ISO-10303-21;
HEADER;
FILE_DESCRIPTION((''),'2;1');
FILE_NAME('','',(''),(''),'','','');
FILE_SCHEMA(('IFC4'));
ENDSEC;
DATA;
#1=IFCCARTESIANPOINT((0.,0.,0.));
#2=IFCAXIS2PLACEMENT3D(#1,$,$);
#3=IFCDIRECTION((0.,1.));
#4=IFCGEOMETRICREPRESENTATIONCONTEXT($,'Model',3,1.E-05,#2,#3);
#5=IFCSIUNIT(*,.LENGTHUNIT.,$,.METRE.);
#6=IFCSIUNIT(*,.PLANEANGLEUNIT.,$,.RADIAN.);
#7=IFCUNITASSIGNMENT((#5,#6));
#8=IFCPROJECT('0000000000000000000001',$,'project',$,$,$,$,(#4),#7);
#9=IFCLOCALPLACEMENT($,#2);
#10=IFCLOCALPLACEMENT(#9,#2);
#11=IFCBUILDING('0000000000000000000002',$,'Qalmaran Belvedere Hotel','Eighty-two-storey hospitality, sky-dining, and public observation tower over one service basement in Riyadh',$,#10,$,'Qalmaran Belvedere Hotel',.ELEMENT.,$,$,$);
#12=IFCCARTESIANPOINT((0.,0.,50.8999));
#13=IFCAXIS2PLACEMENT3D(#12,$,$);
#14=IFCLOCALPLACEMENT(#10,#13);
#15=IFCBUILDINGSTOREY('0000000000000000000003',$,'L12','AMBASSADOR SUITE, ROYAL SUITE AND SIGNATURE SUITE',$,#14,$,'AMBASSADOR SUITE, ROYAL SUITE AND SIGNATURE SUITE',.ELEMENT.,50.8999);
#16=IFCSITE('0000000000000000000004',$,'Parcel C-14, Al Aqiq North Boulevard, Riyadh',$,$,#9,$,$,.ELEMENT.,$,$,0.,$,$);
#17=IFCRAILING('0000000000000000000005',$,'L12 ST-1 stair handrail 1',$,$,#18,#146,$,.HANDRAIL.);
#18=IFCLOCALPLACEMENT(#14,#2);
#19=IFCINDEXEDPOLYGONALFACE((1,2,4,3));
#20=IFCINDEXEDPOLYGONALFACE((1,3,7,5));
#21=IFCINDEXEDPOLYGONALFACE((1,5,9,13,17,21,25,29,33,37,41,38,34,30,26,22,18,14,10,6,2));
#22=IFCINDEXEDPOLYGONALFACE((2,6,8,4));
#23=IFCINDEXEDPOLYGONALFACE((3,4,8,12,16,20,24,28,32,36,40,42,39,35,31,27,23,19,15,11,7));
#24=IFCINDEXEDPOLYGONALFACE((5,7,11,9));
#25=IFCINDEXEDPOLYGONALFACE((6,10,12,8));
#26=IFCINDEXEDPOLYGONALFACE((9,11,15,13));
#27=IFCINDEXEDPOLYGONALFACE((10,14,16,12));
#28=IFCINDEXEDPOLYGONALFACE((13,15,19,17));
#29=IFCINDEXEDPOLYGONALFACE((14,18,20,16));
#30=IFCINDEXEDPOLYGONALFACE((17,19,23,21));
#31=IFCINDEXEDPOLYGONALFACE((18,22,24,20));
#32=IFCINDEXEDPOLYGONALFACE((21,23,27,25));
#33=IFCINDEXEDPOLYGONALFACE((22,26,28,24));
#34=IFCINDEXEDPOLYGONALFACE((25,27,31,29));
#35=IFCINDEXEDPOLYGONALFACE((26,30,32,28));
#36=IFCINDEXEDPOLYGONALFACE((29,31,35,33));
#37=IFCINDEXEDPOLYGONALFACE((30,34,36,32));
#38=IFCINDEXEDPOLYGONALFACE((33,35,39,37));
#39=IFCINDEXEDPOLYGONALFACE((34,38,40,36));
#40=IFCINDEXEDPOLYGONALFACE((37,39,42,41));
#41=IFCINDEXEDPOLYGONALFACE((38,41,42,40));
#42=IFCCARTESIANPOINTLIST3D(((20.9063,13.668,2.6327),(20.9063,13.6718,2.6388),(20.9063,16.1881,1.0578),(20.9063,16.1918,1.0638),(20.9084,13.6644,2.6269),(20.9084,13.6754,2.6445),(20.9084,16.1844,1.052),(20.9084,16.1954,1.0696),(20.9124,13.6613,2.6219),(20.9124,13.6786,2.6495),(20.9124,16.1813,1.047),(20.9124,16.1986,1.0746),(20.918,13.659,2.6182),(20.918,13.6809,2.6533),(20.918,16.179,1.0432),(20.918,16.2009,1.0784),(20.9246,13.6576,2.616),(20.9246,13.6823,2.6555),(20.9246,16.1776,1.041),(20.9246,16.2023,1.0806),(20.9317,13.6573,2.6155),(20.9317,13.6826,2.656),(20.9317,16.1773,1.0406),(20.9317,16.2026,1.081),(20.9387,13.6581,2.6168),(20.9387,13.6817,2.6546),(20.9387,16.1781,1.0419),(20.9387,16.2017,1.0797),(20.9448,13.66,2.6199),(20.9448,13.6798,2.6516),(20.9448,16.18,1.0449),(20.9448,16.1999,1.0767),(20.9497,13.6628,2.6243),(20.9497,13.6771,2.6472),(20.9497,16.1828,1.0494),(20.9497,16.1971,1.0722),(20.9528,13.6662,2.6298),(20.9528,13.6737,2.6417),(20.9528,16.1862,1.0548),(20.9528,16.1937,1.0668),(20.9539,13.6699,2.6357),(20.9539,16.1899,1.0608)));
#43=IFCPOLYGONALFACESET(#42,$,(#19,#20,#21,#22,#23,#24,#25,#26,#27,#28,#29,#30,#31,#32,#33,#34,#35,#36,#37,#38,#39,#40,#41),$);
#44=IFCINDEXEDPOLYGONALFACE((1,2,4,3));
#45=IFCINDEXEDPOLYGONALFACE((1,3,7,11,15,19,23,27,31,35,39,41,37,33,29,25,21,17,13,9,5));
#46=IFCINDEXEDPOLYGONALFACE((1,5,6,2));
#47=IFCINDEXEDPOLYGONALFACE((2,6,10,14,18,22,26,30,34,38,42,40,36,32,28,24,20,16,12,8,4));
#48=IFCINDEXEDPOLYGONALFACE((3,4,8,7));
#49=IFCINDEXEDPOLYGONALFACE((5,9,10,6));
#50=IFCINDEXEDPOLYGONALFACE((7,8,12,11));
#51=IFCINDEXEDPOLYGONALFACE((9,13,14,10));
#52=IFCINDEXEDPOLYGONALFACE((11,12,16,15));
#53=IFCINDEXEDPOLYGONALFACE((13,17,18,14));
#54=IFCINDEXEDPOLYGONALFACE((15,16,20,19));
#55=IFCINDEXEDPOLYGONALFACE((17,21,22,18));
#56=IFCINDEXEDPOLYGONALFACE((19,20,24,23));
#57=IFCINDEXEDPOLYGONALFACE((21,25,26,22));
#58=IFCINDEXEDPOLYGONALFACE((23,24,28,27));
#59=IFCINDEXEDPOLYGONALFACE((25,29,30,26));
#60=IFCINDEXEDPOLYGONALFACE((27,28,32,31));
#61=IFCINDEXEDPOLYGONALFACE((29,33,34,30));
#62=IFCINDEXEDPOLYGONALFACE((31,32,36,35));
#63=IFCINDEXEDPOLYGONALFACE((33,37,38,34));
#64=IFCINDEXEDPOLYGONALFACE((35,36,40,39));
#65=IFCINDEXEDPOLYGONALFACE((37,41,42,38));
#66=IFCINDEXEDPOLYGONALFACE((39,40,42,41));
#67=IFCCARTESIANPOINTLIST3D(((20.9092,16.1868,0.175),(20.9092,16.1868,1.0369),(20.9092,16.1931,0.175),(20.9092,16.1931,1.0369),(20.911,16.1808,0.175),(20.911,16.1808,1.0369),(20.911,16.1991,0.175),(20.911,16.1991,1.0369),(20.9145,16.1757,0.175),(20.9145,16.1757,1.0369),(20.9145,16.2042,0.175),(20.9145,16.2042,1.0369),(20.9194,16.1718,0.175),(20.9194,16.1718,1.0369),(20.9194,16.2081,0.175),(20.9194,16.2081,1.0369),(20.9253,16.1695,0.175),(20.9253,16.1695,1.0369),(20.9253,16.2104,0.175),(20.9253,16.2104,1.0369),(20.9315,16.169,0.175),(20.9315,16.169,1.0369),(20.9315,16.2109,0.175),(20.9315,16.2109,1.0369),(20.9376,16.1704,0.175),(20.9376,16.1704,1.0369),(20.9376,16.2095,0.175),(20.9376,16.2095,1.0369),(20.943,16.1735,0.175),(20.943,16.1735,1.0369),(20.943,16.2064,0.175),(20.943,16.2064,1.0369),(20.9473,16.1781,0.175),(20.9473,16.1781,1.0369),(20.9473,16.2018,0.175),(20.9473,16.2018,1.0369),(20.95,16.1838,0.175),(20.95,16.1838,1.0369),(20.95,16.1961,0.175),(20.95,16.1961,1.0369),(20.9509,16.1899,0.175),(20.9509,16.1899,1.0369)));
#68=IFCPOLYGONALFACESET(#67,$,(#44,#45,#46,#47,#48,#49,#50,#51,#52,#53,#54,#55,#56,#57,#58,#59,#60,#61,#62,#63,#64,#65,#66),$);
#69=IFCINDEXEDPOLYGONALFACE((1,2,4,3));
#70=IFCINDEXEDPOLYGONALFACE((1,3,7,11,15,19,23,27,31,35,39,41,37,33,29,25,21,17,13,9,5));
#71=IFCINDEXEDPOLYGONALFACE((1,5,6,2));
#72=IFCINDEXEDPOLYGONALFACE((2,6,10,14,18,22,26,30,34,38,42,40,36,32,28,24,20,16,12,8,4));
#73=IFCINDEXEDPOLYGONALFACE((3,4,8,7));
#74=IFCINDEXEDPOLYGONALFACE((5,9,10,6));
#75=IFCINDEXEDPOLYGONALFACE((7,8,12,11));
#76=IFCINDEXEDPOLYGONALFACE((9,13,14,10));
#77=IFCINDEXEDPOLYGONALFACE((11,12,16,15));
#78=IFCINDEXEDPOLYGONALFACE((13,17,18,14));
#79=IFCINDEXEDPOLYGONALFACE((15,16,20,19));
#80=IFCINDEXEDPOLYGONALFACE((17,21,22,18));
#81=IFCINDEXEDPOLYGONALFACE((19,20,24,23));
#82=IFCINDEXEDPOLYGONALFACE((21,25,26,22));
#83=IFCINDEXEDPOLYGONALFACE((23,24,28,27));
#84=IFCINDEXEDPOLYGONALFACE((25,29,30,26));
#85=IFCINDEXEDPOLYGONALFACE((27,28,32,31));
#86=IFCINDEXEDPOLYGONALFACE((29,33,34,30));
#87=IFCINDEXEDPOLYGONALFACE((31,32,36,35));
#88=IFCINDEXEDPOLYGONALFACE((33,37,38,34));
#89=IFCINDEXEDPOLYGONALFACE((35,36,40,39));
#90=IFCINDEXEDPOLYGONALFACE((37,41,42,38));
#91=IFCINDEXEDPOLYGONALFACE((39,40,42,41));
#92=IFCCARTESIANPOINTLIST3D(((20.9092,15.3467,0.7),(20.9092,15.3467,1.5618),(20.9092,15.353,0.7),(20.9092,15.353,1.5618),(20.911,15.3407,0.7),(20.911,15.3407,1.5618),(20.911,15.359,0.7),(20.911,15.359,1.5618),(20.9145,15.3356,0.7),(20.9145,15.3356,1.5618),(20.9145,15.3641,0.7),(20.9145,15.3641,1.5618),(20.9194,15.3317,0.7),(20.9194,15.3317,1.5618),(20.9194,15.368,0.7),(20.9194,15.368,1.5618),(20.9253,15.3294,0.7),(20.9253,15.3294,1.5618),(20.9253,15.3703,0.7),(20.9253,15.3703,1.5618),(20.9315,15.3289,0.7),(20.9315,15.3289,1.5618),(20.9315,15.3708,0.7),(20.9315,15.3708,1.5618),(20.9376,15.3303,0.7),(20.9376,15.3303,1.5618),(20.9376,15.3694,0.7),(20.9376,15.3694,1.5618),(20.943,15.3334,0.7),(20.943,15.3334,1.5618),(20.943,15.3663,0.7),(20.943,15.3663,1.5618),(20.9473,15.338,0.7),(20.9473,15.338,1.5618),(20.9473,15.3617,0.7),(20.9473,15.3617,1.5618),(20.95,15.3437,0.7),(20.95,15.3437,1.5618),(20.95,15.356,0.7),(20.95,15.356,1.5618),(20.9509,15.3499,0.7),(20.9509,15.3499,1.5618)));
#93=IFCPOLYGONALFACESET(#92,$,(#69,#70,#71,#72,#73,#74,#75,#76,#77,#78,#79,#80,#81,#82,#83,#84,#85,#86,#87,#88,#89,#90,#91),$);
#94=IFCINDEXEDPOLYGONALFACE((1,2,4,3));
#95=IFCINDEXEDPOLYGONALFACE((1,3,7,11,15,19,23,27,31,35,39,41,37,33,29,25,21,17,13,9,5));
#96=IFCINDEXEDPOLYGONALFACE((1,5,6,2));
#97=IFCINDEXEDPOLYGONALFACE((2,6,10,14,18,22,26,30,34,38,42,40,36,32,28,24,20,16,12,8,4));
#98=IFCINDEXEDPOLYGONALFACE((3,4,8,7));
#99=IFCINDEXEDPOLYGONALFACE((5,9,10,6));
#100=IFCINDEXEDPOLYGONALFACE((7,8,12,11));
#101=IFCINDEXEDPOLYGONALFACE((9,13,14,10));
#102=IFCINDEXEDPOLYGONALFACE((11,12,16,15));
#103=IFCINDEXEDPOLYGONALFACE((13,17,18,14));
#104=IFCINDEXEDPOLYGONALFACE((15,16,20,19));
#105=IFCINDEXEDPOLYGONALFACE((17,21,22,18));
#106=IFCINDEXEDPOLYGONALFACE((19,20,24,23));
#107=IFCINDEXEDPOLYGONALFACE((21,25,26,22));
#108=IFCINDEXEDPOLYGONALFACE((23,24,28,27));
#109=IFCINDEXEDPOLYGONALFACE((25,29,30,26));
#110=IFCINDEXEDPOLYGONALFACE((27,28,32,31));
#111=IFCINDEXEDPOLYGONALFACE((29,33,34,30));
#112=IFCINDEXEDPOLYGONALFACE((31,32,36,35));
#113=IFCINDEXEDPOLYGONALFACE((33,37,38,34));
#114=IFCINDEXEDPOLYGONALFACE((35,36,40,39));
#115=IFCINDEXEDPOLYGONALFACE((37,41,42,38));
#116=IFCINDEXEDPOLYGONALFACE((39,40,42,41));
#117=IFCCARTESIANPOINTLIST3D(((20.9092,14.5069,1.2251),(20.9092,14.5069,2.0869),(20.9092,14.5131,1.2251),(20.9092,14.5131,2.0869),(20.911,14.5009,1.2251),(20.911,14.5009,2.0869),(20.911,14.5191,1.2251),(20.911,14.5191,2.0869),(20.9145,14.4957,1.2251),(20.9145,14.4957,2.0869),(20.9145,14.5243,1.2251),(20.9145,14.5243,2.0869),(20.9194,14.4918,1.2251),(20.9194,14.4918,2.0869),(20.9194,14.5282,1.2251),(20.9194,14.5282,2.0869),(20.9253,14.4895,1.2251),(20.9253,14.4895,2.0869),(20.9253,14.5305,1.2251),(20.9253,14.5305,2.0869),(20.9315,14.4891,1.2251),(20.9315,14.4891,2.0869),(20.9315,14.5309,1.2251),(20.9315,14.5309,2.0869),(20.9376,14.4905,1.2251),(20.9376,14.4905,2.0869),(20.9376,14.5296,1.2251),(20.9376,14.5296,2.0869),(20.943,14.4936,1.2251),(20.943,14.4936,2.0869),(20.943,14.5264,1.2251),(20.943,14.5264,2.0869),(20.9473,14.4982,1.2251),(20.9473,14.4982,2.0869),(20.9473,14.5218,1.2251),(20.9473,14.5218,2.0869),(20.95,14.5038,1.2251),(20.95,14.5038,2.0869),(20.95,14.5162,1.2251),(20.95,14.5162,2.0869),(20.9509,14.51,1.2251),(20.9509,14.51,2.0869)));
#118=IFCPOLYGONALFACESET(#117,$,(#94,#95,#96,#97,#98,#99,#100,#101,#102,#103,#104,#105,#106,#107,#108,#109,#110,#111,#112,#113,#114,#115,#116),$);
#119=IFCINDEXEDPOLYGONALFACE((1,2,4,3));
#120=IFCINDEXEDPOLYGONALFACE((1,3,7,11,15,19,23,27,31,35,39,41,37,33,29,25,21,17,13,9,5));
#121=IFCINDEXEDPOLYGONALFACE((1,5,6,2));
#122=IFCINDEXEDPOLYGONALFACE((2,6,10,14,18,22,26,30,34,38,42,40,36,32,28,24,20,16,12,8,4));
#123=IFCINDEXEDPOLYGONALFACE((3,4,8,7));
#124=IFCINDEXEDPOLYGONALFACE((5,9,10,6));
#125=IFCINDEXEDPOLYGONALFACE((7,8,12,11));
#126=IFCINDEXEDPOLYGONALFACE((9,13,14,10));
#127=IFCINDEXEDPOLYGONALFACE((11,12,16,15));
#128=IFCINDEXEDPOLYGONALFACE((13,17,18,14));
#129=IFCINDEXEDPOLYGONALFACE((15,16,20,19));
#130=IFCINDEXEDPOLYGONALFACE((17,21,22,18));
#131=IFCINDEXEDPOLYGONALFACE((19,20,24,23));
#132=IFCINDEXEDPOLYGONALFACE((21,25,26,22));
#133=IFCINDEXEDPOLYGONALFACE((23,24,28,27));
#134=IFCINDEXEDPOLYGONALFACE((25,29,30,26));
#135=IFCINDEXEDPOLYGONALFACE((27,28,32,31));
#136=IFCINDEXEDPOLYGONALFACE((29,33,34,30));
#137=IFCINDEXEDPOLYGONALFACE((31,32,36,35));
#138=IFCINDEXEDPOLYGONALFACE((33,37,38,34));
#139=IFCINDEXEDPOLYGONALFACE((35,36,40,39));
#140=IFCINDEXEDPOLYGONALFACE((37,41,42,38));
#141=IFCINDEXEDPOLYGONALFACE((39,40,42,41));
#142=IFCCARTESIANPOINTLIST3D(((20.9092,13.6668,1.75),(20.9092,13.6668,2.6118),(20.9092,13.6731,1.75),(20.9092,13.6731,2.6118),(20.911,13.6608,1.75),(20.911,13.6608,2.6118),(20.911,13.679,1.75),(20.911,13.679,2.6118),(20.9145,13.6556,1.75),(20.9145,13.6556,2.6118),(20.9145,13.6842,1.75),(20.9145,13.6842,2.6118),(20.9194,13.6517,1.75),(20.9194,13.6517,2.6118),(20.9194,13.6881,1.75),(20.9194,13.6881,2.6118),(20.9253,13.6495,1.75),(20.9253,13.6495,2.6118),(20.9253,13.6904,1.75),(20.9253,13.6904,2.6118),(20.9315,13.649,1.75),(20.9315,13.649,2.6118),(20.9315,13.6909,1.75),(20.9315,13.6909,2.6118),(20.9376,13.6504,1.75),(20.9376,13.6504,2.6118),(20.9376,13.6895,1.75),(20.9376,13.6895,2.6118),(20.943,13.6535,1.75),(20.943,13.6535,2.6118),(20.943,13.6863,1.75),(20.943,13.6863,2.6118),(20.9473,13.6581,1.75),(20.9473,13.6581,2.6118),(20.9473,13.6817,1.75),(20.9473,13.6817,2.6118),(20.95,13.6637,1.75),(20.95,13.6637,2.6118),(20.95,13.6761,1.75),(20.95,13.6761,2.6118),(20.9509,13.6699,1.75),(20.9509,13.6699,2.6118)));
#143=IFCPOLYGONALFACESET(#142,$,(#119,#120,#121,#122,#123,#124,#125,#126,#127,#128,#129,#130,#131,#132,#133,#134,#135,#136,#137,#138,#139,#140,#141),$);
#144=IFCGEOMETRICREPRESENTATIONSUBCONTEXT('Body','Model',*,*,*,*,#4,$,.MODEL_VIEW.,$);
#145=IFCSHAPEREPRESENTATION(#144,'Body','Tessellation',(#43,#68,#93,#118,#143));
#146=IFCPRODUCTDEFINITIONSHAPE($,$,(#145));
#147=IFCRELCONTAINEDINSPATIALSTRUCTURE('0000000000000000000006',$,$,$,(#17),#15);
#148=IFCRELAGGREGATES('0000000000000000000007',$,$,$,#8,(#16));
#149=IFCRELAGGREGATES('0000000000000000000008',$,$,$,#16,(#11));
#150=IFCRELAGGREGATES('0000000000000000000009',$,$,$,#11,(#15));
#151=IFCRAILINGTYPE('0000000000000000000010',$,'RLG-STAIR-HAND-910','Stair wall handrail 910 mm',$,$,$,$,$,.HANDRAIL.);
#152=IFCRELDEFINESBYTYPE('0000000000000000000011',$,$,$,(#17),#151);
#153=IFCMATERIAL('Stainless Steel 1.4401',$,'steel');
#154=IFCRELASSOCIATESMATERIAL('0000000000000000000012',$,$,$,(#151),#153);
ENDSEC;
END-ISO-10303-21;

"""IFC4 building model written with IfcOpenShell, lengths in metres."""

from ifc_helpers import new_model, si_unit, direction, frame, origin, origin_2d, place, context, subcontext, project, spatial, circle, extrude, material, type_object, element, save


model = new_model("IFC4")

# Units and contexts
model_context = context("Model", 3, precision=1e-05, world=origin(), true_north=direction((0.0, 1.0)))
body_context = subcontext(model_context, "Body", "Model", "MODEL_VIEW")
ifc_project = project(units=[si_unit("LENGTHUNIT", "METRE"), si_unit("PLANEANGLEUNIT", "RADIAN")], contexts=[model_context])

# Site, building, storey
site_placement = place(None, origin())
site = spatial("IfcSite", under=ifc_project, at=site_placement, Name="Parcel C-14, Al Aqiq North Boulevard, Riyadh", CompositionType="ELEMENT", RefElevation=0.0)
building_placement = place(site_placement, origin())
building = spatial("IfcBuilding", under=site, at=building_placement, Name="Qalmaran Belvedere Hotel", Description="Eighty-two-storey hospitality, sky-dining, and public observation tower over one service basement in Riyadh", LongName="Qalmaran Belvedere Hotel", CompositionType="ELEMENT")
storey_placement = place(building_placement, frame((0.0, 0.0, 50.8999)))
storey = spatial("IfcBuildingStorey", under=building, at=storey_placement, Name="L12", Description="AMBASSADOR SUITE, ROYAL SUITE AND SIGNATURE SUITE", LongName="AMBASSADOR SUITE, ROYAL SUITE AND SIGNATURE SUITE", CompositionType="ELEMENT", Elevation=50.8999)

# Shared definitions
ifc_material_1 = material(Name="Stainless Steel 1.4401", Category="steel")

# Railing
railing_type_1 = type_object("IfcRailingType", Name="RLG-STAIR-HAND-910", Description="Stair wall handrail 910 mm", PredefinedType="HANDRAIL", material=ifc_material_1)
railing_1_placement = place(storey_placement, frame((20.9299, 16.1899, 0.175)))
element("IfcRailing", 1, at=railing_1_placement, inside=storey, type_object=railing_type_1, Name="L12 ST-1 stair handrail 1", PredefinedType="HANDRAIL", context=body_context, shape_type="SweptSolid", body=[
    extrude(circle(Radius=0.0239, at=origin_2d()), frame((0.0, 0.0, 0.8857), z_axis=(0.0, -0.848008, 0.529984), x_axis=(1.0, 0.0, 0.0)), (0.0, 0.0, 1.0), 2.9717),
    extrude(circle(Radius=0.021, at=origin_2d()), origin(), (0.0, 0.0, 1.0), 0.8618),
    extrude(circle(Radius=0.021, at=origin_2d()), frame((0.0, -0.8401, 0.5249)), (0.0, 0.0, 1.0), 0.8618),
    extrude(circle(Radius=0.021, at=origin_2d()), frame((0.0, -1.6799, 1.05)), (0.0, 0.0, 1.0), 0.8618),
    extrude(circle(Radius=0.021, at=origin_2d()), frame((0.0, -2.52, 1.575)), (0.0, 0.0, 1.0), 0.8618),
])

save(model, "model.ifc")
